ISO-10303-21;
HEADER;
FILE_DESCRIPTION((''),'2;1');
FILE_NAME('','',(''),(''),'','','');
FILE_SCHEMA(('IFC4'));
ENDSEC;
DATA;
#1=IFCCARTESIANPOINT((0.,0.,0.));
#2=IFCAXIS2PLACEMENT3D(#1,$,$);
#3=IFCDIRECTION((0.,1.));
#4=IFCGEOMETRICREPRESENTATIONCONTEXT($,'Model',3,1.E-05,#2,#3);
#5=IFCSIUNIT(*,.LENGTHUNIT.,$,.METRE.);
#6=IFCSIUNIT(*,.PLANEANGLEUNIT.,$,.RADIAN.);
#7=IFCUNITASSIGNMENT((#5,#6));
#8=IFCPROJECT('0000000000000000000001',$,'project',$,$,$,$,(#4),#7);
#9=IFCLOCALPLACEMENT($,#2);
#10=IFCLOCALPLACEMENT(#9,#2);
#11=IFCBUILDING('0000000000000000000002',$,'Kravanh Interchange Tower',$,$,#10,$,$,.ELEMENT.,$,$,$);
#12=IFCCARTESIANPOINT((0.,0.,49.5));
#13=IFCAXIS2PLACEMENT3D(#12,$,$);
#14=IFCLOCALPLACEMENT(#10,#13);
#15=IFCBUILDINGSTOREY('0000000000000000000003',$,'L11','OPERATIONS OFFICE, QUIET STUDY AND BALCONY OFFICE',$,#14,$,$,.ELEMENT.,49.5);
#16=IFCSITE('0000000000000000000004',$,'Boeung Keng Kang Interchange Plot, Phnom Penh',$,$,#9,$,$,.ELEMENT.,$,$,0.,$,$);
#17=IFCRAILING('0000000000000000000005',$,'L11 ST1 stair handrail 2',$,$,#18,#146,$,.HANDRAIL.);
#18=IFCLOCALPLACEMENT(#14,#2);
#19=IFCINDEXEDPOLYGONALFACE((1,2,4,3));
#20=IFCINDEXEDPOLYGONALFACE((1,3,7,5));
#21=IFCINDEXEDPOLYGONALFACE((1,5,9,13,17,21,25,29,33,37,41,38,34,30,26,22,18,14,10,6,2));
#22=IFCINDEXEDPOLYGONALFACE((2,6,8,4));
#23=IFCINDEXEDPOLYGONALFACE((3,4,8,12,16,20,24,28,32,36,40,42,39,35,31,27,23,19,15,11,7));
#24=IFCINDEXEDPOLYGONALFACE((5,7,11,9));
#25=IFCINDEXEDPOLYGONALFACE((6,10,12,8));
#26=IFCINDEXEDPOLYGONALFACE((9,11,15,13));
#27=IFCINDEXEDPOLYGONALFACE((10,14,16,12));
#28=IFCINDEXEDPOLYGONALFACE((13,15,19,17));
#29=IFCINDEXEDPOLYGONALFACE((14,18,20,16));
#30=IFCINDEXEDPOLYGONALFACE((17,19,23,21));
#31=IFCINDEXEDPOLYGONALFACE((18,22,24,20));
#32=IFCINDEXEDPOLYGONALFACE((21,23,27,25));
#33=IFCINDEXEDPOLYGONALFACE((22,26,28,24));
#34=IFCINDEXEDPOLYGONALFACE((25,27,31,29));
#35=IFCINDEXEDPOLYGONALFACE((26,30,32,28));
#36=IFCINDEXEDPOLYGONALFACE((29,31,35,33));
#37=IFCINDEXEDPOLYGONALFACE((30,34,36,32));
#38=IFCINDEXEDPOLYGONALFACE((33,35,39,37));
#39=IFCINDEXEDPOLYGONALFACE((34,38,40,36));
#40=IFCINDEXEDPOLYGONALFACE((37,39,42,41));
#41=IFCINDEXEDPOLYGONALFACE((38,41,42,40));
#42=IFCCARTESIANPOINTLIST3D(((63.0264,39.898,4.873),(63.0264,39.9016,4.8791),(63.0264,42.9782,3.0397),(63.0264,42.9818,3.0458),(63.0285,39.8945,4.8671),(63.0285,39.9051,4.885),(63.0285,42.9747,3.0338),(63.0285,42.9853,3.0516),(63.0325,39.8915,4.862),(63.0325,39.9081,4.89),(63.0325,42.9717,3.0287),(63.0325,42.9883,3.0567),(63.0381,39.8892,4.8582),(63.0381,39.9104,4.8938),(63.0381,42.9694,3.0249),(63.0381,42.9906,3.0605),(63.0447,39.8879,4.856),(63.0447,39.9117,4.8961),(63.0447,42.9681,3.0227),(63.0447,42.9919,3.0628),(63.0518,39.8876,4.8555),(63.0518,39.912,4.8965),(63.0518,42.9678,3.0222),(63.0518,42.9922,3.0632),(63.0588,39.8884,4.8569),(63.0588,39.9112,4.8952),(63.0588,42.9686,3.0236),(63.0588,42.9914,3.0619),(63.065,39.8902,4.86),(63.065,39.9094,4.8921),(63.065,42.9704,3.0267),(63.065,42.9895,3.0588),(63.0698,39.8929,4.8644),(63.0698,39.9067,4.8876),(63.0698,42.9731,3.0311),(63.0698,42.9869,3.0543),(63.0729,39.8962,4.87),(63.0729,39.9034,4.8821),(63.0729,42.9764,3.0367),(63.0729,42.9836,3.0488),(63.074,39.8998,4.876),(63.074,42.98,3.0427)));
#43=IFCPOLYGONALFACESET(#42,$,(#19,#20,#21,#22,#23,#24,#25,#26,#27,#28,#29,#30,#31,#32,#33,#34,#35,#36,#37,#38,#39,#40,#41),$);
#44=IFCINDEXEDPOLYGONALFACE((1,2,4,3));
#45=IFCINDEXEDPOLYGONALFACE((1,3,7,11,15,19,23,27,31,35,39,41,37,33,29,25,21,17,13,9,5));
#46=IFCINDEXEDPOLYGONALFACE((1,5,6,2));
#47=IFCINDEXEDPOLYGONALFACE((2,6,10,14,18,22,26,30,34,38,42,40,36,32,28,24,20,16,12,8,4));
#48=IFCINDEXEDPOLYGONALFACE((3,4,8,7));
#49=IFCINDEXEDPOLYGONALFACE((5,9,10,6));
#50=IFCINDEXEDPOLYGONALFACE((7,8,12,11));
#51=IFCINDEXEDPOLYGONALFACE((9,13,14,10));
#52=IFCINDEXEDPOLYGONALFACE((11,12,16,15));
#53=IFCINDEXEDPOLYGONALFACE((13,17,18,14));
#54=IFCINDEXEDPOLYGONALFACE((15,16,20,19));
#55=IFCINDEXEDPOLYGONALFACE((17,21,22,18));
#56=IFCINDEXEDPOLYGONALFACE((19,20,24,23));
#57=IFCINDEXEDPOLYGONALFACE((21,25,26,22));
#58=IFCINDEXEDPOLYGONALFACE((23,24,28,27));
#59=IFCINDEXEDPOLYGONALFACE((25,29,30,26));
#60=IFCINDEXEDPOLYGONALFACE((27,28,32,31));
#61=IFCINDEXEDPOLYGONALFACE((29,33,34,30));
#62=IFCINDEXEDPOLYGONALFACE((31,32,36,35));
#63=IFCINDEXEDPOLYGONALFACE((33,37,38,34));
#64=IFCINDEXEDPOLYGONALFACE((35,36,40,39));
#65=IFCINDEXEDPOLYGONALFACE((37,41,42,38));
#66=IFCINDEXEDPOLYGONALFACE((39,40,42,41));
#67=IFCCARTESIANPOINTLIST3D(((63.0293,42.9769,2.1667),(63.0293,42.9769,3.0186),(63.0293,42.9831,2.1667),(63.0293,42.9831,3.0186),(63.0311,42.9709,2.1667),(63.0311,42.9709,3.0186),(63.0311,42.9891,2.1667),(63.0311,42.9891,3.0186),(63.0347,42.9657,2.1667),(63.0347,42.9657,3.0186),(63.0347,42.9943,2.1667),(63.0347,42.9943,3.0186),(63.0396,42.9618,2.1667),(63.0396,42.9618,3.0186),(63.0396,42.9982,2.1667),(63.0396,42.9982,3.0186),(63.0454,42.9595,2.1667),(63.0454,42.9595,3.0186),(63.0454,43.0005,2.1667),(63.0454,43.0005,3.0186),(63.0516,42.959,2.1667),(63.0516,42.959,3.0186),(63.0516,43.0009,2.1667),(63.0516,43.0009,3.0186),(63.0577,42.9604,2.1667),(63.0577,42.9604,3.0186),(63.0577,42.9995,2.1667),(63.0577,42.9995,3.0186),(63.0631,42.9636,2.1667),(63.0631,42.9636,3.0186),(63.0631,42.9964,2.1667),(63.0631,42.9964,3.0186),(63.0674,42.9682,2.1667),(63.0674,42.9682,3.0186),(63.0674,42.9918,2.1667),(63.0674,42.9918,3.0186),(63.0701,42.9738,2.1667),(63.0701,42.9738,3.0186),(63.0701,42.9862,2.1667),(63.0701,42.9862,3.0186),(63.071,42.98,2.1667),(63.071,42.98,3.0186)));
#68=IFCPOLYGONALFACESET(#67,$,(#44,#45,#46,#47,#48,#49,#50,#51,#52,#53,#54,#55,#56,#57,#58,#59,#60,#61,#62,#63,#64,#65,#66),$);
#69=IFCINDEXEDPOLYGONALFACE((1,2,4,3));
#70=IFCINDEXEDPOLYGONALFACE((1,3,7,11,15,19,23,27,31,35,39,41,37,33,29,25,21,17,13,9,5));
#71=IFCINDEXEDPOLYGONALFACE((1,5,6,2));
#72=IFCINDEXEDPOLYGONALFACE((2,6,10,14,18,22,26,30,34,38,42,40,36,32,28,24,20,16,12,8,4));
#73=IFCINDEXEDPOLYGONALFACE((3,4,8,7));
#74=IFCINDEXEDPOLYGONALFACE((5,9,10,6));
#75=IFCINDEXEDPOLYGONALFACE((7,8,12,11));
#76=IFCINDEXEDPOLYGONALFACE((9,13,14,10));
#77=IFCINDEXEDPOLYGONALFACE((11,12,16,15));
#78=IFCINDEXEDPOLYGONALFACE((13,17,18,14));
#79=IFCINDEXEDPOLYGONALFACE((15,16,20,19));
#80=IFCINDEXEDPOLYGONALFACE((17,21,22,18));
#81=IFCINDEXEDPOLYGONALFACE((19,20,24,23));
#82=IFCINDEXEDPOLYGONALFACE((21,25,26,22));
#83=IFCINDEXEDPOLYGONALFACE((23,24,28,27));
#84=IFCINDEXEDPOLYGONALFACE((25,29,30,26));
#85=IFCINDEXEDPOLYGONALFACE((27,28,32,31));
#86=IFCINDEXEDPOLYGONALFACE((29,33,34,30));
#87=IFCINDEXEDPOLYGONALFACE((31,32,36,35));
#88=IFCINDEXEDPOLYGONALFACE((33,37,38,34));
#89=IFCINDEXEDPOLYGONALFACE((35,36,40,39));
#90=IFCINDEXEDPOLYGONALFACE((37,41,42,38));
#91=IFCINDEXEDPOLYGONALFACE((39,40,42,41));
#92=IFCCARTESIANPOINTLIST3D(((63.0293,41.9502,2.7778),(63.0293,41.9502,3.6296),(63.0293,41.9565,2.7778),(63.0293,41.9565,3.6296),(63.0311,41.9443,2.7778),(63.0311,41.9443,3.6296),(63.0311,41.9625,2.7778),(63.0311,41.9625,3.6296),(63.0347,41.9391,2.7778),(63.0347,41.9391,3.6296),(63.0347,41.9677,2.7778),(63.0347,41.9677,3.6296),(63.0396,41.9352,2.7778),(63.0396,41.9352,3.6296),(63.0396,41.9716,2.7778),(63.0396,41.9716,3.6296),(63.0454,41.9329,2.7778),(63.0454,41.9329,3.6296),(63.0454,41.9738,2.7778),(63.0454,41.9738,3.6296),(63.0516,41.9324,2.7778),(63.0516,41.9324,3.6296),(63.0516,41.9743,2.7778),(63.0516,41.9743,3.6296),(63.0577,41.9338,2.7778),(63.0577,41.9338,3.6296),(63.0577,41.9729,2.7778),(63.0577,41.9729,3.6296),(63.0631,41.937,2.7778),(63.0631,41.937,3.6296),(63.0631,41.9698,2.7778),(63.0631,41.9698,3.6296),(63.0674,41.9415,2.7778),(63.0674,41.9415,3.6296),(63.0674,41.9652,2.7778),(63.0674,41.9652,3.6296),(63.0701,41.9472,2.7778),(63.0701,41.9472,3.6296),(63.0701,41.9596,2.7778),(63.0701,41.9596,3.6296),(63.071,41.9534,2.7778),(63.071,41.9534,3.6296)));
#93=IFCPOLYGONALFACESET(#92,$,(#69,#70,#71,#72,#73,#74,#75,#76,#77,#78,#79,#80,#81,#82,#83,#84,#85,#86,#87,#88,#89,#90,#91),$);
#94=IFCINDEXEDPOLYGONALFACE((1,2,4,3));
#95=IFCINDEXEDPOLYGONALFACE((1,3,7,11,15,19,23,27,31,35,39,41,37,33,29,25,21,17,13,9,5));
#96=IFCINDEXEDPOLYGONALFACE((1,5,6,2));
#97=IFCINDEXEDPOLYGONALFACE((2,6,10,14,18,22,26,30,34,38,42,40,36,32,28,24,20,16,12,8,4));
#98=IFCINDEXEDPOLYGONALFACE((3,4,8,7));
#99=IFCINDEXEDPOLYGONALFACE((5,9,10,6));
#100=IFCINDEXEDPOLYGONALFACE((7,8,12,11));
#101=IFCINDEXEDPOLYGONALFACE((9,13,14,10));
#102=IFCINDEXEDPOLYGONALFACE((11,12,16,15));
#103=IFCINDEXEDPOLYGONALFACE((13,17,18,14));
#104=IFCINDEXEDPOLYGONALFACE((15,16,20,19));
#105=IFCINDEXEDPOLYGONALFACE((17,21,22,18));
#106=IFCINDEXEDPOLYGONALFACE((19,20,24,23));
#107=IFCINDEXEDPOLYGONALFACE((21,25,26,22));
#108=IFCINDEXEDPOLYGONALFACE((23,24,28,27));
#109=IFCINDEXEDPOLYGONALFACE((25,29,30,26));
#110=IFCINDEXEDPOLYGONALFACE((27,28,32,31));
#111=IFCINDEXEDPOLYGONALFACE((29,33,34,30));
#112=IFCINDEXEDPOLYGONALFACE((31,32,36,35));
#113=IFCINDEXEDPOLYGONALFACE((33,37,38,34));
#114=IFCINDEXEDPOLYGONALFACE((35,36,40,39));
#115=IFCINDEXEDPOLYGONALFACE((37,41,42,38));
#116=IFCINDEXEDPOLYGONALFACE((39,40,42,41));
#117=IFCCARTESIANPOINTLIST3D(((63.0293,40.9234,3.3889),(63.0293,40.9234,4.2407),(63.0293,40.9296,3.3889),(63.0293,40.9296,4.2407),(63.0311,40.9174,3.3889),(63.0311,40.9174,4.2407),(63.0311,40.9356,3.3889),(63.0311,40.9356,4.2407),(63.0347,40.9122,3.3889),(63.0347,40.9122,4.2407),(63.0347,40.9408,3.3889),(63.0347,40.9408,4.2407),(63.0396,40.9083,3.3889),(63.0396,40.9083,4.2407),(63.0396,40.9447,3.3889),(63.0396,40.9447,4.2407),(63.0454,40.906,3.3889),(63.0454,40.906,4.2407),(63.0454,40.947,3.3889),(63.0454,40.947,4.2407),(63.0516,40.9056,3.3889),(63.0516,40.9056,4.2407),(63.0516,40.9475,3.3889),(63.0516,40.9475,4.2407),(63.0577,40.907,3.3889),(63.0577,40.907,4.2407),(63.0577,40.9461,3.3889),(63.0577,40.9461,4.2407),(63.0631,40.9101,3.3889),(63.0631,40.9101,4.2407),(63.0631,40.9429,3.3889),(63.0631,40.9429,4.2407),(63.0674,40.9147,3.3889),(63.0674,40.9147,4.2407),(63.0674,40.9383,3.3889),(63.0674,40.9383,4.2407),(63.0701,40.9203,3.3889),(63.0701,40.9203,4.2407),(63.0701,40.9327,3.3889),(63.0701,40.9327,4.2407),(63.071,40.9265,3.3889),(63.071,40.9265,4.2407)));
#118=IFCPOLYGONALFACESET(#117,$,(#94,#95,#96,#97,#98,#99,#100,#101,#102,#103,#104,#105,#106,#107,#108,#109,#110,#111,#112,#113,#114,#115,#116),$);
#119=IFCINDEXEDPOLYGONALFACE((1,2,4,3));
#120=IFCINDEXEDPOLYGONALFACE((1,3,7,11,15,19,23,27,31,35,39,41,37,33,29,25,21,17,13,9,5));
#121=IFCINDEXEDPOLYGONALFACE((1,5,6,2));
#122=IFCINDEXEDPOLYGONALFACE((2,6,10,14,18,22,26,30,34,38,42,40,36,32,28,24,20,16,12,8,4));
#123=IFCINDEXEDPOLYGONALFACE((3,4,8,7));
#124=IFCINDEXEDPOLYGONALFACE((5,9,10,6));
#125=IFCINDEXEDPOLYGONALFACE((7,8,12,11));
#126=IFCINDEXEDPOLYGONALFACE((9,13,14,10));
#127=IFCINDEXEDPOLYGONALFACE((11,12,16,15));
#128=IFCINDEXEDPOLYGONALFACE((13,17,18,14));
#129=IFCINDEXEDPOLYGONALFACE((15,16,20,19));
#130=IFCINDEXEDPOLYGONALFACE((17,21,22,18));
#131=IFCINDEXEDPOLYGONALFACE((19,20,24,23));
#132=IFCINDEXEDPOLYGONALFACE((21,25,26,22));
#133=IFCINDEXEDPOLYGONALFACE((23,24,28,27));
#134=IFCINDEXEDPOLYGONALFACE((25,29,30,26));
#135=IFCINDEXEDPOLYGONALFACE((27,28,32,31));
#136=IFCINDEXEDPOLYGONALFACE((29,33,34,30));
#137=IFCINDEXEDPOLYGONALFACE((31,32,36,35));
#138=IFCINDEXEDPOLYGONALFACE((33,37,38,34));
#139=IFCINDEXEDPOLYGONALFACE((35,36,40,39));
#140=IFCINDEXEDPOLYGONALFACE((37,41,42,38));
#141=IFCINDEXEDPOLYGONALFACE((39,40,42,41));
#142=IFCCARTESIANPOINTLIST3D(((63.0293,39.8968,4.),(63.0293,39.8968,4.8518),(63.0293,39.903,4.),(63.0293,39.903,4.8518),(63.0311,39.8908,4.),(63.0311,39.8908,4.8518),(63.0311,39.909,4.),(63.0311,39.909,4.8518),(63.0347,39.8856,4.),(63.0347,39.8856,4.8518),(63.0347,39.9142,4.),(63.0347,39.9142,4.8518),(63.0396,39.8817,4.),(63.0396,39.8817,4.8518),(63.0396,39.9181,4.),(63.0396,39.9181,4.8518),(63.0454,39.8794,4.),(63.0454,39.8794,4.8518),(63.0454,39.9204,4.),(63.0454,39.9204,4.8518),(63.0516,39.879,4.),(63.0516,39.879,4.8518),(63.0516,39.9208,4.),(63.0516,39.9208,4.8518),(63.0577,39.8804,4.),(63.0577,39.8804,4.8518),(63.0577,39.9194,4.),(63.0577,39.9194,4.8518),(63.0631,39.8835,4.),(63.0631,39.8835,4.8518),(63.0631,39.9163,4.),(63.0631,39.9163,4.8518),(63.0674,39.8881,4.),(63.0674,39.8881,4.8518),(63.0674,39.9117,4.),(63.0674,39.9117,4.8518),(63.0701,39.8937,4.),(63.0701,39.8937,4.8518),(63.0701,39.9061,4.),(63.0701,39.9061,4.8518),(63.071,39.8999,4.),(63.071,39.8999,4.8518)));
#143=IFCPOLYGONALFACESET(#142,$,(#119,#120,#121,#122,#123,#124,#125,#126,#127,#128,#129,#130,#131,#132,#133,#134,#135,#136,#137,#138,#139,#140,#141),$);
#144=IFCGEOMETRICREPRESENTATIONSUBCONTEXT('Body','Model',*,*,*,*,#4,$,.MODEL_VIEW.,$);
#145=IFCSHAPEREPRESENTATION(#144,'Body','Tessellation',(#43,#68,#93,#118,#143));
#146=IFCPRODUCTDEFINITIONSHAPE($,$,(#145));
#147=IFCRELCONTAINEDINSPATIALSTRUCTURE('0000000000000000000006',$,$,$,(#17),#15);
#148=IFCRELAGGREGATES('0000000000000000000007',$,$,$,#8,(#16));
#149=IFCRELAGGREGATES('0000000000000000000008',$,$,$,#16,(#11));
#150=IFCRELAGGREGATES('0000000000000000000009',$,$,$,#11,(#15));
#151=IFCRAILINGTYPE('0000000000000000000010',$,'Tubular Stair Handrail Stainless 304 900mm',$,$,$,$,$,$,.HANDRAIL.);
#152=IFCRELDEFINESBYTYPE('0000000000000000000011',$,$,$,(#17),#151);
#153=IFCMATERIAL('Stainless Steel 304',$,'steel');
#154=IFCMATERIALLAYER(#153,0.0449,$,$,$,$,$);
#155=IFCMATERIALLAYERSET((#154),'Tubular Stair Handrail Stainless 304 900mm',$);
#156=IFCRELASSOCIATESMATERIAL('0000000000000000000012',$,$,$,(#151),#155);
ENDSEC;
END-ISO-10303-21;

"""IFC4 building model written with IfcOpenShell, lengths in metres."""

from ifc_helpers import new_model, si_unit, direction, frame, origin, origin_2d, place, context, subcontext, project, spatial, circle, extrude, material, layer, layer_set, type_object, element, save


model = new_model("IFC4")

# Units and contexts
model_context = context("Model", 3, precision=1e-05, world=origin(), true_north=direction((0.0, 1.0)))
body_context = subcontext(model_context, "Body", "Model", "MODEL_VIEW")
ifc_project = project(units=[si_unit("LENGTHUNIT", "METRE"), si_unit("PLANEANGLEUNIT", "RADIAN")], contexts=[model_context])

# Site, building, storey
site_placement = place(None, origin())
site = spatial("IfcSite", under=ifc_project, at=site_placement, Name="Boeung Keng Kang Interchange Plot, Phnom Penh", CompositionType="ELEMENT", RefElevation=0.0)
building_placement = place(site_placement, origin())
building = spatial("IfcBuilding", under=site, at=building_placement, Name="Kravanh Interchange Tower", CompositionType="ELEMENT")
storey_placement = place(building_placement, frame((0.0, 0.0, 49.5)))
storey = spatial("IfcBuildingStorey", under=building, at=storey_placement, Name="L11", Description="OPERATIONS OFFICE, QUIET STUDY AND BALCONY OFFICE", CompositionType="ELEMENT", Elevation=49.5)

# Railing
ifc_material_1 = material(Name="Stainless Steel 304", Category="steel")
ifc_layer_1 = layer(ifc_material_1, 0.0449)
ifc_layer_set_1 = layer_set([ifc_layer_1], Name="Tubular Stair Handrail Stainless 304 900mm")
railing_type_1 = type_object("IfcRailingType", Name="Tubular Stair Handrail Stainless 304 900mm", PredefinedType="HANDRAIL", material=ifc_layer_set_1)
railing_1_placement = place(storey_placement, frame((63.05, 42.98, 2.1667)))
element("IfcRailing", 1, at=railing_1_placement, inside=storey, type_object=railing_type_1, Name="L11 ST1 stair handrail 2", PredefinedType="HANDRAIL", context=body_context, shape_type="SweptSolid", body=[
    extrude(circle(Radius=0.0239, at=origin_2d()), frame((0.0, 0.0, 0.876), z_axis=(0.0, -0.859309, 0.511458), x_axis=(1.0, 0.0, 0.0)), (0.0, 0.0, 1.0), 3.5845),
    extrude(circle(Radius=0.021, at=origin_2d()), origin(), (0.0, 0.0, 1.0), 0.8518),
    extrude(circle(Radius=0.021, at=origin_2d()), frame((0.0, -1.0266, 0.6111)), (0.0, 0.0, 1.0), 0.8518),
    extrude(circle(Radius=0.021, at=origin_2d()), frame((0.0, -2.0535, 1.2222)), (0.0, 0.0, 1.0), 0.8518),
    extrude(circle(Radius=0.021, at=origin_2d()), frame((0.0, -3.0801, 1.8333)), (0.0, 0.0, 1.0), 0.8518),
])

save(model, "model.ifc")
